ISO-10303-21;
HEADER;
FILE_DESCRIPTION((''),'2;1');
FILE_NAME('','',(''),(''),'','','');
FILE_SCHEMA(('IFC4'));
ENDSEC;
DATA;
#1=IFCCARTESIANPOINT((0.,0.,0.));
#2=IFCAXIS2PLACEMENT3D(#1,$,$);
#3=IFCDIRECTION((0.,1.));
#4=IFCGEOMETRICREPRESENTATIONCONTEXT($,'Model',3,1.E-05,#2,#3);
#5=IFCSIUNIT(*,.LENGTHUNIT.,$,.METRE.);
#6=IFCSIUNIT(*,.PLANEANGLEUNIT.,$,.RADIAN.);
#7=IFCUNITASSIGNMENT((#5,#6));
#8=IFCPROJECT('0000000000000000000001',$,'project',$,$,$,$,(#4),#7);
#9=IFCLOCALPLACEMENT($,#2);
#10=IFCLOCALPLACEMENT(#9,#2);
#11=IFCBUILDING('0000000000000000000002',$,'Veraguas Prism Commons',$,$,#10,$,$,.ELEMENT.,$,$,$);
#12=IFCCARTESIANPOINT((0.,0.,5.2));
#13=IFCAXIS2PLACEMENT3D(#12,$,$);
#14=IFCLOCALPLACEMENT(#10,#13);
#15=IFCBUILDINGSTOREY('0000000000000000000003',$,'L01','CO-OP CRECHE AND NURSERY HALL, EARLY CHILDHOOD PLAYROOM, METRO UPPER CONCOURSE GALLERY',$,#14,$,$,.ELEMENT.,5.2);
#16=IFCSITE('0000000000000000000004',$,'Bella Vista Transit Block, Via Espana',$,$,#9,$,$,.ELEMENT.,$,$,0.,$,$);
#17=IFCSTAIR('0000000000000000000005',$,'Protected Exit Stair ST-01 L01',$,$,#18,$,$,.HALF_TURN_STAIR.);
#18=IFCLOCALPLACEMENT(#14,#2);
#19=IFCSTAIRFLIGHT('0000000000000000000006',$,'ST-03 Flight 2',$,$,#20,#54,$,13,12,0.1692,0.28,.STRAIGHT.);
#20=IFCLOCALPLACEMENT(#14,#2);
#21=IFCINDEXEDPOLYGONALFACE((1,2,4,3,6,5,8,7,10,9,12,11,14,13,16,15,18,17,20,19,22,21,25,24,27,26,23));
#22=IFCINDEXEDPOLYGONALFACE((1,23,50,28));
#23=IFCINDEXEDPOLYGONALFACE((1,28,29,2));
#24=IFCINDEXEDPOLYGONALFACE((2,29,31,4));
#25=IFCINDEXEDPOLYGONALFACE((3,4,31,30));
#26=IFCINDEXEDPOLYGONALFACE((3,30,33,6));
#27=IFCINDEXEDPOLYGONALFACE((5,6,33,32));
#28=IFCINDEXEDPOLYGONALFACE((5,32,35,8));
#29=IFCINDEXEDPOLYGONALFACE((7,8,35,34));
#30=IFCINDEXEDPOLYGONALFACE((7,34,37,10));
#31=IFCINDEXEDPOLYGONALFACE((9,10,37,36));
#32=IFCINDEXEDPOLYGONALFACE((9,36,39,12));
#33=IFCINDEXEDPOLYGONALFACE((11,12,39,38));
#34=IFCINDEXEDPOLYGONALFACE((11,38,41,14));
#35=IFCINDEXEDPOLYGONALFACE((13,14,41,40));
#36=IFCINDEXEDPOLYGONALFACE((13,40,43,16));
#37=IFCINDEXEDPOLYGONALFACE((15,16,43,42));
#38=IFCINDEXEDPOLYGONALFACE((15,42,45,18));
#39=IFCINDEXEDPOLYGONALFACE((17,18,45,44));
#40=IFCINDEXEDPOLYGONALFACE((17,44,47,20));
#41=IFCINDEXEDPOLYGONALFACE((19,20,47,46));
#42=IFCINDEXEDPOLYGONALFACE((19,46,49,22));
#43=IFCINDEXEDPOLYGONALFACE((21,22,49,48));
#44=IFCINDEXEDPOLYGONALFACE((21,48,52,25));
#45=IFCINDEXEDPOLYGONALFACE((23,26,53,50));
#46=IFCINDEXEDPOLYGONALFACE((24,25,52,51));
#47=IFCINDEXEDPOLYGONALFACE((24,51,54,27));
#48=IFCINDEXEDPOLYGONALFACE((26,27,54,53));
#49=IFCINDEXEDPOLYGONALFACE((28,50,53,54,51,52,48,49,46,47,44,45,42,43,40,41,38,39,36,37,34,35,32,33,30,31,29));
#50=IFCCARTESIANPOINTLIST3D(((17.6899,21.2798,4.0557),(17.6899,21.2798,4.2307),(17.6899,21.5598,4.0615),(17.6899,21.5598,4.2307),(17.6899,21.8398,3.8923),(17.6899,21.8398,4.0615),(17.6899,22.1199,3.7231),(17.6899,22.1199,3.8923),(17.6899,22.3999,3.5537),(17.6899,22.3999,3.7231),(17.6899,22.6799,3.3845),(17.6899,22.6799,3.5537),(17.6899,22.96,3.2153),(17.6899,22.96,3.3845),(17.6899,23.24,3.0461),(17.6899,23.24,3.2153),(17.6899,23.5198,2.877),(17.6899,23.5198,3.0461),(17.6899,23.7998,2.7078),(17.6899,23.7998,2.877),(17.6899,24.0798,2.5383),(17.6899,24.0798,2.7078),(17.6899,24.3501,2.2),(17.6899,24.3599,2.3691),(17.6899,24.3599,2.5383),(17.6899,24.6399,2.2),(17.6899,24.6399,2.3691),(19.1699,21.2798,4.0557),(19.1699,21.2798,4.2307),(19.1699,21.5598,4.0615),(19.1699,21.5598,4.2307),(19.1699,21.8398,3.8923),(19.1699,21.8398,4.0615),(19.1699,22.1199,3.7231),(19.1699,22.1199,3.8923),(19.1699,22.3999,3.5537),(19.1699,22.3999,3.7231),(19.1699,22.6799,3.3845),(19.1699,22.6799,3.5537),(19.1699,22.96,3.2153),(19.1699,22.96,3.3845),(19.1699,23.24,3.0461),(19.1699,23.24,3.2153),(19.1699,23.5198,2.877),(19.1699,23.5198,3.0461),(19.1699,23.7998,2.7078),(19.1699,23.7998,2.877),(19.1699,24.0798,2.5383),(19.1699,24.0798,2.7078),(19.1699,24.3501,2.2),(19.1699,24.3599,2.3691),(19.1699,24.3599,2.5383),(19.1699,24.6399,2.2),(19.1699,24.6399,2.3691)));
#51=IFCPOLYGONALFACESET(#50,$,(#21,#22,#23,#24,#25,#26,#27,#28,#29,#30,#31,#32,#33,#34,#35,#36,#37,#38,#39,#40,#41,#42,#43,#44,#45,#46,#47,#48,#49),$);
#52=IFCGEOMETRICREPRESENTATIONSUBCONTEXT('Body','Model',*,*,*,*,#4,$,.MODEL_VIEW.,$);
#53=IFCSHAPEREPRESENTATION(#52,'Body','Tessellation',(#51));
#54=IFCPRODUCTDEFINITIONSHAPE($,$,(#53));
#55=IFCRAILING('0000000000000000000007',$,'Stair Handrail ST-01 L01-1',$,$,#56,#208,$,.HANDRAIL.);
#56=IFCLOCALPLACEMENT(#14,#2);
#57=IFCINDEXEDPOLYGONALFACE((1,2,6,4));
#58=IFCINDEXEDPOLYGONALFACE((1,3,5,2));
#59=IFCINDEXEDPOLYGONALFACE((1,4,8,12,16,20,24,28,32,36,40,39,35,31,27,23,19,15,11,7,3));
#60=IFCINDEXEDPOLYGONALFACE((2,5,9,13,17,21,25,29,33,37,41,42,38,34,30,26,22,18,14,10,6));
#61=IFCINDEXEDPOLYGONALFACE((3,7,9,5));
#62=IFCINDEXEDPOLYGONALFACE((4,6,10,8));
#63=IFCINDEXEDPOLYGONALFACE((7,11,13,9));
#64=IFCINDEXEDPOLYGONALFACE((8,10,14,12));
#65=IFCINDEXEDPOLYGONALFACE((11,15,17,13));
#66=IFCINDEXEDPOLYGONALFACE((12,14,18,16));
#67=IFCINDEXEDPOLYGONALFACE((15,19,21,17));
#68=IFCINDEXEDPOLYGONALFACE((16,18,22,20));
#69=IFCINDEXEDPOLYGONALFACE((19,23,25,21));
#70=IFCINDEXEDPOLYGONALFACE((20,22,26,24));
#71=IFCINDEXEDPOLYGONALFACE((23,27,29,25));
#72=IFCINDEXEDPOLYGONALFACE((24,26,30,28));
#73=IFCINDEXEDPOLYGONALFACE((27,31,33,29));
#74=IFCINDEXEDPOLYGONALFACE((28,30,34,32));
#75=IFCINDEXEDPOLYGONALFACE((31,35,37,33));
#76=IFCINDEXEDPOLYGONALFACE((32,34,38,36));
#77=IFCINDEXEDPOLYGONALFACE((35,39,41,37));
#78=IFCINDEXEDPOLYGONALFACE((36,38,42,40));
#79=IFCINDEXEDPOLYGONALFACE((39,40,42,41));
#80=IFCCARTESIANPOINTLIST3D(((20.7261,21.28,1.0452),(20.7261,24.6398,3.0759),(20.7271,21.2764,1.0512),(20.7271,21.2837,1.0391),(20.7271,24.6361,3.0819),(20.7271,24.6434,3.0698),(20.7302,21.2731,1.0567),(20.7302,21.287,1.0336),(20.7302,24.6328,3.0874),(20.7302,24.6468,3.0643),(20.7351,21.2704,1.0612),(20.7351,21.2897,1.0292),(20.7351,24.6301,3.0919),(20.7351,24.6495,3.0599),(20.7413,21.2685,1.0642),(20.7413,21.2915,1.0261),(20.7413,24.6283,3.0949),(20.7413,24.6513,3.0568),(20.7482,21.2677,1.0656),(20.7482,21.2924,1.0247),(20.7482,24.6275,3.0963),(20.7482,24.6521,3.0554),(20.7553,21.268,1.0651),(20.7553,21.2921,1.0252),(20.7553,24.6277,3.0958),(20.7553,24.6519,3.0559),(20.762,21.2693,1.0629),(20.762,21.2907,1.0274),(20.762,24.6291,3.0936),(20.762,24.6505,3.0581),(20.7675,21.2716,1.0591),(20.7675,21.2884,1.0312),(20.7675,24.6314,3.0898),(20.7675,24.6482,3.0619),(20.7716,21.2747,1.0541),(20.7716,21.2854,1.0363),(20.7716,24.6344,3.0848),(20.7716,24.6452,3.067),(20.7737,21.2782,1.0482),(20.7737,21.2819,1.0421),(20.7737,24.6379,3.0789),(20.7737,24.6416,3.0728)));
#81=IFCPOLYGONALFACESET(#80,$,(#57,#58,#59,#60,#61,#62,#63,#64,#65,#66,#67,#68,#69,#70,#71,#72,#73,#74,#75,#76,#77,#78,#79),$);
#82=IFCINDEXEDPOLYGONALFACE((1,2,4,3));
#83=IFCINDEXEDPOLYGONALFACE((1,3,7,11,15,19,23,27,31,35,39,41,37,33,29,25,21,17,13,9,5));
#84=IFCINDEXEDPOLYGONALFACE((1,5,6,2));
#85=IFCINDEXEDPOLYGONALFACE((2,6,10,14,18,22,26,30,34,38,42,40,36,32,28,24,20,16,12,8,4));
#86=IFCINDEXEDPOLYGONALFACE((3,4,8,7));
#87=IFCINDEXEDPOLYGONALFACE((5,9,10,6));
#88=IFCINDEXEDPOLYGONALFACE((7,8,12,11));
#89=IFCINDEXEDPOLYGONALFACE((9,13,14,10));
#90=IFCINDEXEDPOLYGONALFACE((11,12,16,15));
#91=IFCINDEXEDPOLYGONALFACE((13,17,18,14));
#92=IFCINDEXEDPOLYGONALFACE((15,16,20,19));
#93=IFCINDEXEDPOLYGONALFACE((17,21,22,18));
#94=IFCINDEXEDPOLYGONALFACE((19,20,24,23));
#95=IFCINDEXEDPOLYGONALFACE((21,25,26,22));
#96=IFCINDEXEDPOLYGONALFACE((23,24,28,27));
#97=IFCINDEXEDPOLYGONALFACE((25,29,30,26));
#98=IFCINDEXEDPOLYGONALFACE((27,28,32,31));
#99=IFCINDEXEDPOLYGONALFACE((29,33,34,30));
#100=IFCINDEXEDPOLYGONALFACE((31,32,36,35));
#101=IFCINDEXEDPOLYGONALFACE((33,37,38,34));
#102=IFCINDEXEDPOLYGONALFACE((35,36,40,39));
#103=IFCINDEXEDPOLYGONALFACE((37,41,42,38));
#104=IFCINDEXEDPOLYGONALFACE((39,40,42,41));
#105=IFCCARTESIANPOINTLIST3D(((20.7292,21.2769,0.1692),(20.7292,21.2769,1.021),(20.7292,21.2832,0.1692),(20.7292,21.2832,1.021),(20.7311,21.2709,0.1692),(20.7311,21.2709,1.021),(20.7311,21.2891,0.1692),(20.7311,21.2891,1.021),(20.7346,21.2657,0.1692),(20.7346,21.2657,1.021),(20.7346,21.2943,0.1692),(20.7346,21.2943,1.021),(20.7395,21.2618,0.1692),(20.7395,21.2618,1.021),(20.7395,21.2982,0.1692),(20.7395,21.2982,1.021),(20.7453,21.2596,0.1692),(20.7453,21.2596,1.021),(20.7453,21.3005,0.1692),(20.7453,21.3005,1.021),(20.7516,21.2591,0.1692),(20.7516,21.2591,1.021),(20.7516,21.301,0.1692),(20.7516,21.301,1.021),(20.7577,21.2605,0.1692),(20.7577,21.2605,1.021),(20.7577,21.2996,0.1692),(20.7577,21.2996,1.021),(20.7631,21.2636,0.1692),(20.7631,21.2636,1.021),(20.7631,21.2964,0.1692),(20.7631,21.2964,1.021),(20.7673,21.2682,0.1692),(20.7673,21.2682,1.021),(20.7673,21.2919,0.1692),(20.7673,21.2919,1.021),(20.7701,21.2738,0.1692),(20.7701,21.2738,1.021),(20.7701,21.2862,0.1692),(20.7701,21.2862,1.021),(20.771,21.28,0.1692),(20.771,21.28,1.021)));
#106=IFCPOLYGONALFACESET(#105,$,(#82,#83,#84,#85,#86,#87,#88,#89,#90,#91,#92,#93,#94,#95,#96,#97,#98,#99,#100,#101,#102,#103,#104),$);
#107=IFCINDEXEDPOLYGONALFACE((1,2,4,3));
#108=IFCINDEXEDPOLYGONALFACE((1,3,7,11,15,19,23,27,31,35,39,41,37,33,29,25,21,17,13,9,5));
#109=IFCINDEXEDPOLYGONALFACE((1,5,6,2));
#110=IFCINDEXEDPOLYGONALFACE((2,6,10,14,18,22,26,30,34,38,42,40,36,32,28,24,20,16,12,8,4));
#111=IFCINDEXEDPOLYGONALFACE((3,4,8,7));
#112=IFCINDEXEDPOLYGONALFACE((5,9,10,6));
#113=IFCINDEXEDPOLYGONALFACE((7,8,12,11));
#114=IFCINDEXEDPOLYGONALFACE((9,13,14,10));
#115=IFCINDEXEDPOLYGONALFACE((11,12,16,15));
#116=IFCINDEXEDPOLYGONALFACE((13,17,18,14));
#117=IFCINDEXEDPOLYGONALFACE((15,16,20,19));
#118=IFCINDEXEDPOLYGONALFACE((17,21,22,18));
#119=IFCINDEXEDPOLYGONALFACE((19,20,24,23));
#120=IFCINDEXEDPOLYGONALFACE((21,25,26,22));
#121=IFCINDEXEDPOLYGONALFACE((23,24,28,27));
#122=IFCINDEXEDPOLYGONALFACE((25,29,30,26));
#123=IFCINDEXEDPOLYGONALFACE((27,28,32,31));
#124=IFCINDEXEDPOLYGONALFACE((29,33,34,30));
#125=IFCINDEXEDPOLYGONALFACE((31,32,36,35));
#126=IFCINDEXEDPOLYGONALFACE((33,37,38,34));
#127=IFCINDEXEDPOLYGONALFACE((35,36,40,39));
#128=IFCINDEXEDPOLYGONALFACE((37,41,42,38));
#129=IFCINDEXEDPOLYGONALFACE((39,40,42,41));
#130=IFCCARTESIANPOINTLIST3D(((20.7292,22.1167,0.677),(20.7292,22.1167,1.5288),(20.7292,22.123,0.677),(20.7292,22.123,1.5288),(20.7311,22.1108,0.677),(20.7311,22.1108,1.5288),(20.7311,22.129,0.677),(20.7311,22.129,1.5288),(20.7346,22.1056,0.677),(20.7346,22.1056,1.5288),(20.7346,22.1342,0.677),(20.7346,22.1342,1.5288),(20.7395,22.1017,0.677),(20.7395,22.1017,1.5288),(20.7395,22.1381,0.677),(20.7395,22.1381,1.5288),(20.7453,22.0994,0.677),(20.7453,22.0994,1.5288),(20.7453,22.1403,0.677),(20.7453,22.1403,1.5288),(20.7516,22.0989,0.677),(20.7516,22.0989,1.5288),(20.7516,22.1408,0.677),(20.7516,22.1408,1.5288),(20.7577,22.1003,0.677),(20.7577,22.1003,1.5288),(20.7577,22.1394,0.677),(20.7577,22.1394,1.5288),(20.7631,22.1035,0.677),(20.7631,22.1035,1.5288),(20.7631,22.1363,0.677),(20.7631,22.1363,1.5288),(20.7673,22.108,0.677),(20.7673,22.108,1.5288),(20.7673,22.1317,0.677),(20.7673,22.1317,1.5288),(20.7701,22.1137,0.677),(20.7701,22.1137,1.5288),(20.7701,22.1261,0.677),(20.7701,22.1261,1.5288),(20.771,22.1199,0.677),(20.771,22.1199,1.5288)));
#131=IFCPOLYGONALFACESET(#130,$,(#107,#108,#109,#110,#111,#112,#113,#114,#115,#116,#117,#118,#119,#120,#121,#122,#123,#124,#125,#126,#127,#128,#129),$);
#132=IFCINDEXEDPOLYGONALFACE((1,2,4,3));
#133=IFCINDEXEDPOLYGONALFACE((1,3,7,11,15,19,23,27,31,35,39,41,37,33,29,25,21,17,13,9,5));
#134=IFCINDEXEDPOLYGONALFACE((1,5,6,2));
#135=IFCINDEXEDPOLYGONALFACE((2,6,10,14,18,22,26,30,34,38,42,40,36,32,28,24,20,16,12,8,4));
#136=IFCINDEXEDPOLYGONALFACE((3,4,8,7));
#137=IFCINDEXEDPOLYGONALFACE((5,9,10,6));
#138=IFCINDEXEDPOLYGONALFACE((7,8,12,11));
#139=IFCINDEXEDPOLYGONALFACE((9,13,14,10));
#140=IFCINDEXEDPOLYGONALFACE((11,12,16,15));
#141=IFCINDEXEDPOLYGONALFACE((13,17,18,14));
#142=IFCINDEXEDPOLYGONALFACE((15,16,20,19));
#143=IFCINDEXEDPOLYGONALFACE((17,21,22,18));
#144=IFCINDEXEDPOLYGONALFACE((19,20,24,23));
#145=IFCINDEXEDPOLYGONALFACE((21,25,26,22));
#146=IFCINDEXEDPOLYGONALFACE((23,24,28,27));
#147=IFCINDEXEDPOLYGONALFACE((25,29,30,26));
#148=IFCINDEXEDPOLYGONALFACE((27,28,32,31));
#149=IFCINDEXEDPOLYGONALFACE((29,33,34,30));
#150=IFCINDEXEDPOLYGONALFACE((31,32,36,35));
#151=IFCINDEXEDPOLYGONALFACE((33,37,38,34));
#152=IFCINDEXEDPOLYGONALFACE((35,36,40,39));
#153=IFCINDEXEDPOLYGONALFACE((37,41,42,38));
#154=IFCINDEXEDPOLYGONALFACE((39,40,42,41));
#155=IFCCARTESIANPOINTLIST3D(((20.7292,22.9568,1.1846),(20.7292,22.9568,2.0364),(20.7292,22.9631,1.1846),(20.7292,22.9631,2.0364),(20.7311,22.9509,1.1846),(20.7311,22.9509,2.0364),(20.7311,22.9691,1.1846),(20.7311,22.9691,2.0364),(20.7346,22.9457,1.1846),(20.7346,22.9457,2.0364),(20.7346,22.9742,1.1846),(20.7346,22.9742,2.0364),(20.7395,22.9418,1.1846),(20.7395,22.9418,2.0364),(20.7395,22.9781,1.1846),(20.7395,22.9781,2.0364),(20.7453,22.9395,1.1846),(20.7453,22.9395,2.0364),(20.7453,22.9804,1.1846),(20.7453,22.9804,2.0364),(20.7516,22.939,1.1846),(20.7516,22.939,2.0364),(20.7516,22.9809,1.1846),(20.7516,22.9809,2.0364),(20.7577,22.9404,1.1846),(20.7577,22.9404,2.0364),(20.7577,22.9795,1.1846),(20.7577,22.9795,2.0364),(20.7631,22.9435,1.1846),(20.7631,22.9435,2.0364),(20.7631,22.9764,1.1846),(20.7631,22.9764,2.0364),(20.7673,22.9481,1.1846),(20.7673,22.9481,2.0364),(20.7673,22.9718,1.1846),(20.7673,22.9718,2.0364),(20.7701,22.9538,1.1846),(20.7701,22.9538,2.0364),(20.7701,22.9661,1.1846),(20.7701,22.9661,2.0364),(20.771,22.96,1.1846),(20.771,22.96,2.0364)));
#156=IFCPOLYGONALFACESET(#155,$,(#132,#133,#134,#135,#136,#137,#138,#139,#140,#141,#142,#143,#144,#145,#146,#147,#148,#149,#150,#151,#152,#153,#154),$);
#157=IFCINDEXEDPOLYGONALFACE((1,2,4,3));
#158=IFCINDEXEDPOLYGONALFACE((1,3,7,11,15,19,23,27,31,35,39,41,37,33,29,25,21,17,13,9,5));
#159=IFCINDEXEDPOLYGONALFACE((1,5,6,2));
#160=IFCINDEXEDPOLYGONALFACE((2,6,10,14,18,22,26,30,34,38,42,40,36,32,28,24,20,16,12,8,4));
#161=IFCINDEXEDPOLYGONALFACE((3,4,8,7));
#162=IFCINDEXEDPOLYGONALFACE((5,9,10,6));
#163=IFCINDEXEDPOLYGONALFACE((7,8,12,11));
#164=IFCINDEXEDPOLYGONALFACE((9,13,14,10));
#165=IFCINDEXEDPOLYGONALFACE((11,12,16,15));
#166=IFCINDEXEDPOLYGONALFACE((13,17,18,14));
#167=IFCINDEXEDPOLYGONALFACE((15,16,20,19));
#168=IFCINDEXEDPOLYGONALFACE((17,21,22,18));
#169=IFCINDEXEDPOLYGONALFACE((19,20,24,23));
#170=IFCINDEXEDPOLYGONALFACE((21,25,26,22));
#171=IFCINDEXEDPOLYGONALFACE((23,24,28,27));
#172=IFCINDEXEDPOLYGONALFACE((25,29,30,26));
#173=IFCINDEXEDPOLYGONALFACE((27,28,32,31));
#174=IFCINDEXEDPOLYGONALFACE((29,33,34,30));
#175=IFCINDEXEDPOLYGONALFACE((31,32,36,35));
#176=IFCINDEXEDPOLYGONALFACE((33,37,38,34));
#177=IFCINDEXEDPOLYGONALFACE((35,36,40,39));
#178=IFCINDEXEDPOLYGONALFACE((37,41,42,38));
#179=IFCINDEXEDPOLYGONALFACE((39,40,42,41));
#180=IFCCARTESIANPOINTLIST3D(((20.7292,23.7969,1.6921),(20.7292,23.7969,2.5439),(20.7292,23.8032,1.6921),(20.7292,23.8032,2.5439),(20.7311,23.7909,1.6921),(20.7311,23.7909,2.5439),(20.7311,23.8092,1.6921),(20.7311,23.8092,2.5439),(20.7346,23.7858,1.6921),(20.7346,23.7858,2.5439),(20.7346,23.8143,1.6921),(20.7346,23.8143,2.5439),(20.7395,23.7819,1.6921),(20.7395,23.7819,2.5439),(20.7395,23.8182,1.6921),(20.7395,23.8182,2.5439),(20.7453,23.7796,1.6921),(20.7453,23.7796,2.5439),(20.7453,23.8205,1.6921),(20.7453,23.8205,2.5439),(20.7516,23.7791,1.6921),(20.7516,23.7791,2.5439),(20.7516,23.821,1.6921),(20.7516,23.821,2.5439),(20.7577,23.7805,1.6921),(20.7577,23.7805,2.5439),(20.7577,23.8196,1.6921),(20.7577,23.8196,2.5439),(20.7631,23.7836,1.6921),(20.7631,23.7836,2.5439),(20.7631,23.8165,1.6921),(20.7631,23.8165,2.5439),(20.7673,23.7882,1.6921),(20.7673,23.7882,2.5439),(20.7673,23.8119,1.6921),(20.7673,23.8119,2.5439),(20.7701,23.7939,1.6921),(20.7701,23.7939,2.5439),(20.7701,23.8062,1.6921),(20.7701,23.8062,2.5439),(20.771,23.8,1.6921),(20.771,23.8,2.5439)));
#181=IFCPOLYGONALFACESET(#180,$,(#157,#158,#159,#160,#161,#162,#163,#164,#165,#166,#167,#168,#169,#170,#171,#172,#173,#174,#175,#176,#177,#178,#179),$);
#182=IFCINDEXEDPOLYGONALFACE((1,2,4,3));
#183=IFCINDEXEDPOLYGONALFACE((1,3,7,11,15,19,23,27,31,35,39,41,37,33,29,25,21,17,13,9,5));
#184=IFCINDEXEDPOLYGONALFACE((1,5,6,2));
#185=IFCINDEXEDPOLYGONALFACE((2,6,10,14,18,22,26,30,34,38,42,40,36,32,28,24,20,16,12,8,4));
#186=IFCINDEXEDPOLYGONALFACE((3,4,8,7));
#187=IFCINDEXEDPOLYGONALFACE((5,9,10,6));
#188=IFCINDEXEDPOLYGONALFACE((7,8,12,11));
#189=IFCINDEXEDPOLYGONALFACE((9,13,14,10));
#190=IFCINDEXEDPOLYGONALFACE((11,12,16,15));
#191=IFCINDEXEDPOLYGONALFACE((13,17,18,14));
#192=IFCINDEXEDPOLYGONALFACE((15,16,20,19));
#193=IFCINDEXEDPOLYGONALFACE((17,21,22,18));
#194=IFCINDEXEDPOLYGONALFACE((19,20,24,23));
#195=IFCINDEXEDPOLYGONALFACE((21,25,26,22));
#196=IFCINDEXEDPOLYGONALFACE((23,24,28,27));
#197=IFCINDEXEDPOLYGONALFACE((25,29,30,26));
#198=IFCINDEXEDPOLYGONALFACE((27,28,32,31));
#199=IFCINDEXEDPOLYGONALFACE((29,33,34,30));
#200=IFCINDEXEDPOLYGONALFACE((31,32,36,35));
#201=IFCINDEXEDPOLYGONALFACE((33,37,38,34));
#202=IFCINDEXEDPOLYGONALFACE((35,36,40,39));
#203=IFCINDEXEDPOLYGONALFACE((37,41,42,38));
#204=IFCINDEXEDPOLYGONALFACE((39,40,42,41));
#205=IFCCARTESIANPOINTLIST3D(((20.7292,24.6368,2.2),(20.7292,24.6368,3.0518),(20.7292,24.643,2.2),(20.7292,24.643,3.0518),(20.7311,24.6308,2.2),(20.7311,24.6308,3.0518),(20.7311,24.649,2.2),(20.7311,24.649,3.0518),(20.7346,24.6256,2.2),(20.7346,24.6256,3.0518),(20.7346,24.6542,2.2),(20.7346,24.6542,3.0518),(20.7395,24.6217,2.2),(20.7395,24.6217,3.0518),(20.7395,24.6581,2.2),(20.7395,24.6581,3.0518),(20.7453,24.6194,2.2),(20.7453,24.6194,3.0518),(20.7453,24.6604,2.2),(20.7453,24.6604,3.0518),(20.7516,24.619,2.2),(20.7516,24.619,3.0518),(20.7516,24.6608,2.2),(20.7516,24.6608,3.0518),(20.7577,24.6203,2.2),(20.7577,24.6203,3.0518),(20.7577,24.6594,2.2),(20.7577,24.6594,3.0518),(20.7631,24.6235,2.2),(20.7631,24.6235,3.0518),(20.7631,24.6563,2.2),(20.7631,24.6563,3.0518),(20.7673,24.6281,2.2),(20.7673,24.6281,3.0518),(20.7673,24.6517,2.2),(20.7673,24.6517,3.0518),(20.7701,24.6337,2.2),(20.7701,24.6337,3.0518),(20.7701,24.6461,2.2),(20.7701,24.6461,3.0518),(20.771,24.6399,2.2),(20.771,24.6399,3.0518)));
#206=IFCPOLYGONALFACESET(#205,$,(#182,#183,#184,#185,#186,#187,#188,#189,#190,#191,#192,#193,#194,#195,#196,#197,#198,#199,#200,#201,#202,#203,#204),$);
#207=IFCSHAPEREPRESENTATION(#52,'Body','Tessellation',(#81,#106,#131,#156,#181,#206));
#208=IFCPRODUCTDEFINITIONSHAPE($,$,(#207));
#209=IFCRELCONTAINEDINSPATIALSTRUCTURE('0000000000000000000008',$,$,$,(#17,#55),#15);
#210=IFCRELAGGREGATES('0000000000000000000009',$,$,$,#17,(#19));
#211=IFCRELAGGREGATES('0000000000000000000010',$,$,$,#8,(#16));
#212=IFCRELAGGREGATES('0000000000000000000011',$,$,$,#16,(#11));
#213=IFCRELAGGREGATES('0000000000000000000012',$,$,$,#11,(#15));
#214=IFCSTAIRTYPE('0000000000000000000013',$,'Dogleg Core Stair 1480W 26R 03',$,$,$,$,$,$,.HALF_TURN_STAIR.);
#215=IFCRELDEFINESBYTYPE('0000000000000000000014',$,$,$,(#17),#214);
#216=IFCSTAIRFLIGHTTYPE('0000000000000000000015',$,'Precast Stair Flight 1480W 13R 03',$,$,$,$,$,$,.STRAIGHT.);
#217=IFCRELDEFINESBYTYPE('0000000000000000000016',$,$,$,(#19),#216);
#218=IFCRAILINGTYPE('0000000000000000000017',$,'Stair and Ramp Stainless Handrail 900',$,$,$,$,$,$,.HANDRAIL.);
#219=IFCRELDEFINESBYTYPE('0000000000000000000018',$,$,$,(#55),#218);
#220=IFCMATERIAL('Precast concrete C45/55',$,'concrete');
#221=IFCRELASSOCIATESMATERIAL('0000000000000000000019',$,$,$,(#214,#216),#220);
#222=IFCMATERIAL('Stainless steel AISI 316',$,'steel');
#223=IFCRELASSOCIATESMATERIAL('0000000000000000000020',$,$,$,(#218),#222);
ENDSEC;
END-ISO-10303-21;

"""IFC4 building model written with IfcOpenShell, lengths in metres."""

from ifc_helpers import new_model, si_unit, direction, frame, origin, origin_2d, place, context, subcontext, project, spatial, polyline, circle, outline, extrude, material, type_object, element, aggregate, save


model = new_model("IFC4")

# Units and contexts
model_context = context("Model", 3, precision=1e-05, world=origin(), true_north=direction((0.0, 1.0)))
body_context = subcontext(model_context, "Body", "Model", "MODEL_VIEW")
ifc_project = project(units=[si_unit("LENGTHUNIT", "METRE"), si_unit("PLANEANGLEUNIT", "RADIAN")], contexts=[model_context])

# Site, building, storey
site_placement = place(None, origin())
site = spatial("IfcSite", under=ifc_project, at=site_placement, Name="Bella Vista Transit Block, Via Espana", CompositionType="ELEMENT", RefElevation=0.0)
building_placement = place(site_placement, origin())
building = spatial("IfcBuilding", under=site, at=building_placement, Name="Veraguas Prism Commons", CompositionType="ELEMENT")
storey_placement = place(building_placement, frame((0.0, 0.0, 5.2)))
storey = spatial("IfcBuildingStorey", under=building, at=storey_placement, Name="L01", Description="CO-OP CRECHE AND NURSERY HALL, EARLY CHILDHOOD PLAYROOM, METRO UPPER CONCOURSE GALLERY", CompositionType="ELEMENT", Elevation=5.2)

# Stair, stair flight
ifc_material_1 = material(Name="Precast concrete C45/55", Category="concrete")
stair_type = type_object("IfcStairType", Name="Dogleg Core Stair 1480W 26R 03", PredefinedType="HALF_TURN_STAIR", material=ifc_material_1)
stair_placement = place(storey_placement, origin())
stair = element("IfcStair", 1, at=stair_placement, inside=storey, type_object=stair_type, Name="Protected Exit Stair ST-01 L01", PredefinedType="HALF_TURN_STAIR")
stair_flight_type = type_object("IfcStairFlightType", Name="Precast Stair Flight 1480W 13R 03", PredefinedType="STRAIGHT", material=ifc_material_1)
stair_flight_1_placement = place(storey_placement, frame((18.4299, 24.6399, 2.2), z_axis=(0.0, 0.0, 1.0), x_axis=(0.0, -1.0, 0.0)))
stair_flight_1 = element("IfcStairFlight", 2, at=stair_flight_1_placement, type_object=stair_flight_type, Name="ST-03 Flight 2", NumberOfRisers=13, NumberOfTreads=12, PredefinedType="STRAIGHT", RiserHeight=0.1692, TreadLength=0.28, context=body_context, shape_type="SweptSolid", body=[
    extrude(outline(polyline([(0.0, 0.0), (0.0, 0.1692), (0.28, 0.1692), (0.28, 0.3384), (0.5601, 0.3384), (0.5601, 0.5078), (0.8401, 0.5078), (0.8401, 0.677), (1.1201, 0.677), (1.1201, 0.8462), (1.3999, 0.8462), (1.3999, 1.0154), (1.6799, 1.0154), (1.6799, 1.1846), (1.96, 1.1846), (1.96, 1.3538), (2.24, 1.3538), (2.24, 1.5232), (2.52, 1.5232), (2.52, 1.6924), (2.8, 1.6924), (2.8, 1.8616), (3.0801, 1.8616), (3.0801, 2.0308), (3.3601, 2.0308), (3.3601, 2.2), (3.3601, 1.8557), (0.2898, 0.0), (0.0, 0.0)])), frame((0.0, 0.74, 0.0), z_axis=(0.0, -1.0, 0.0), x_axis=(1.0, 0.0, 0.0)), (0.0, 0.0, 1.0), 1.48),
])
aggregate(stair, [stair_flight_1])

# Railing
ifc_material_2 = material(Name="Stainless steel AISI 316", Category="steel")
railing_type_1 = type_object("IfcRailingType", Name="Stair and Ramp Stainless Handrail 900", PredefinedType="HANDRAIL", material=ifc_material_2)
railing_1_placement = place(storey_placement, frame((20.75, 21.28, 0.1692)))
element("IfcRailing", 3, at=railing_1_placement, inside=storey, type_object=railing_type_1, Name="Stair Handrail ST-01 L01-1", PredefinedType="HANDRAIL", context=body_context, shape_type="SweptSolid", body=[
    extrude(circle(Radius=0.0239, at=origin_2d()), frame((0.0, 0.0, 0.876), z_axis=(0.0, 0.85582, 0.517273), x_axis=(-1.0, 0.0, 0.0)), (0.0, 0.0, 1.0), 3.9258),
    extrude(circle(Radius=0.021, at=origin_2d()), origin(), (0.0, 0.0, 1.0), 0.8518),
    extrude(circle(Radius=0.021, at=origin_2d()), frame((0.0, 0.8398, 0.5078)), (0.0, 0.0, 1.0), 0.8518),
    extrude(circle(Radius=0.021, at=origin_2d()), frame((0.0, 1.6799, 1.0154)), (0.0, 0.0, 1.0), 0.8518),
    extrude(circle(Radius=0.021, at=origin_2d()), frame((0.0, 2.52, 1.5229)), (0.0, 0.0, 1.0), 0.8518),
    extrude(circle(Radius=0.021, at=origin_2d()), frame((0.0, 3.3599, 2.0308)), (0.0, 0.0, 1.0), 0.8518),
])

save(model, "model.ifc")
